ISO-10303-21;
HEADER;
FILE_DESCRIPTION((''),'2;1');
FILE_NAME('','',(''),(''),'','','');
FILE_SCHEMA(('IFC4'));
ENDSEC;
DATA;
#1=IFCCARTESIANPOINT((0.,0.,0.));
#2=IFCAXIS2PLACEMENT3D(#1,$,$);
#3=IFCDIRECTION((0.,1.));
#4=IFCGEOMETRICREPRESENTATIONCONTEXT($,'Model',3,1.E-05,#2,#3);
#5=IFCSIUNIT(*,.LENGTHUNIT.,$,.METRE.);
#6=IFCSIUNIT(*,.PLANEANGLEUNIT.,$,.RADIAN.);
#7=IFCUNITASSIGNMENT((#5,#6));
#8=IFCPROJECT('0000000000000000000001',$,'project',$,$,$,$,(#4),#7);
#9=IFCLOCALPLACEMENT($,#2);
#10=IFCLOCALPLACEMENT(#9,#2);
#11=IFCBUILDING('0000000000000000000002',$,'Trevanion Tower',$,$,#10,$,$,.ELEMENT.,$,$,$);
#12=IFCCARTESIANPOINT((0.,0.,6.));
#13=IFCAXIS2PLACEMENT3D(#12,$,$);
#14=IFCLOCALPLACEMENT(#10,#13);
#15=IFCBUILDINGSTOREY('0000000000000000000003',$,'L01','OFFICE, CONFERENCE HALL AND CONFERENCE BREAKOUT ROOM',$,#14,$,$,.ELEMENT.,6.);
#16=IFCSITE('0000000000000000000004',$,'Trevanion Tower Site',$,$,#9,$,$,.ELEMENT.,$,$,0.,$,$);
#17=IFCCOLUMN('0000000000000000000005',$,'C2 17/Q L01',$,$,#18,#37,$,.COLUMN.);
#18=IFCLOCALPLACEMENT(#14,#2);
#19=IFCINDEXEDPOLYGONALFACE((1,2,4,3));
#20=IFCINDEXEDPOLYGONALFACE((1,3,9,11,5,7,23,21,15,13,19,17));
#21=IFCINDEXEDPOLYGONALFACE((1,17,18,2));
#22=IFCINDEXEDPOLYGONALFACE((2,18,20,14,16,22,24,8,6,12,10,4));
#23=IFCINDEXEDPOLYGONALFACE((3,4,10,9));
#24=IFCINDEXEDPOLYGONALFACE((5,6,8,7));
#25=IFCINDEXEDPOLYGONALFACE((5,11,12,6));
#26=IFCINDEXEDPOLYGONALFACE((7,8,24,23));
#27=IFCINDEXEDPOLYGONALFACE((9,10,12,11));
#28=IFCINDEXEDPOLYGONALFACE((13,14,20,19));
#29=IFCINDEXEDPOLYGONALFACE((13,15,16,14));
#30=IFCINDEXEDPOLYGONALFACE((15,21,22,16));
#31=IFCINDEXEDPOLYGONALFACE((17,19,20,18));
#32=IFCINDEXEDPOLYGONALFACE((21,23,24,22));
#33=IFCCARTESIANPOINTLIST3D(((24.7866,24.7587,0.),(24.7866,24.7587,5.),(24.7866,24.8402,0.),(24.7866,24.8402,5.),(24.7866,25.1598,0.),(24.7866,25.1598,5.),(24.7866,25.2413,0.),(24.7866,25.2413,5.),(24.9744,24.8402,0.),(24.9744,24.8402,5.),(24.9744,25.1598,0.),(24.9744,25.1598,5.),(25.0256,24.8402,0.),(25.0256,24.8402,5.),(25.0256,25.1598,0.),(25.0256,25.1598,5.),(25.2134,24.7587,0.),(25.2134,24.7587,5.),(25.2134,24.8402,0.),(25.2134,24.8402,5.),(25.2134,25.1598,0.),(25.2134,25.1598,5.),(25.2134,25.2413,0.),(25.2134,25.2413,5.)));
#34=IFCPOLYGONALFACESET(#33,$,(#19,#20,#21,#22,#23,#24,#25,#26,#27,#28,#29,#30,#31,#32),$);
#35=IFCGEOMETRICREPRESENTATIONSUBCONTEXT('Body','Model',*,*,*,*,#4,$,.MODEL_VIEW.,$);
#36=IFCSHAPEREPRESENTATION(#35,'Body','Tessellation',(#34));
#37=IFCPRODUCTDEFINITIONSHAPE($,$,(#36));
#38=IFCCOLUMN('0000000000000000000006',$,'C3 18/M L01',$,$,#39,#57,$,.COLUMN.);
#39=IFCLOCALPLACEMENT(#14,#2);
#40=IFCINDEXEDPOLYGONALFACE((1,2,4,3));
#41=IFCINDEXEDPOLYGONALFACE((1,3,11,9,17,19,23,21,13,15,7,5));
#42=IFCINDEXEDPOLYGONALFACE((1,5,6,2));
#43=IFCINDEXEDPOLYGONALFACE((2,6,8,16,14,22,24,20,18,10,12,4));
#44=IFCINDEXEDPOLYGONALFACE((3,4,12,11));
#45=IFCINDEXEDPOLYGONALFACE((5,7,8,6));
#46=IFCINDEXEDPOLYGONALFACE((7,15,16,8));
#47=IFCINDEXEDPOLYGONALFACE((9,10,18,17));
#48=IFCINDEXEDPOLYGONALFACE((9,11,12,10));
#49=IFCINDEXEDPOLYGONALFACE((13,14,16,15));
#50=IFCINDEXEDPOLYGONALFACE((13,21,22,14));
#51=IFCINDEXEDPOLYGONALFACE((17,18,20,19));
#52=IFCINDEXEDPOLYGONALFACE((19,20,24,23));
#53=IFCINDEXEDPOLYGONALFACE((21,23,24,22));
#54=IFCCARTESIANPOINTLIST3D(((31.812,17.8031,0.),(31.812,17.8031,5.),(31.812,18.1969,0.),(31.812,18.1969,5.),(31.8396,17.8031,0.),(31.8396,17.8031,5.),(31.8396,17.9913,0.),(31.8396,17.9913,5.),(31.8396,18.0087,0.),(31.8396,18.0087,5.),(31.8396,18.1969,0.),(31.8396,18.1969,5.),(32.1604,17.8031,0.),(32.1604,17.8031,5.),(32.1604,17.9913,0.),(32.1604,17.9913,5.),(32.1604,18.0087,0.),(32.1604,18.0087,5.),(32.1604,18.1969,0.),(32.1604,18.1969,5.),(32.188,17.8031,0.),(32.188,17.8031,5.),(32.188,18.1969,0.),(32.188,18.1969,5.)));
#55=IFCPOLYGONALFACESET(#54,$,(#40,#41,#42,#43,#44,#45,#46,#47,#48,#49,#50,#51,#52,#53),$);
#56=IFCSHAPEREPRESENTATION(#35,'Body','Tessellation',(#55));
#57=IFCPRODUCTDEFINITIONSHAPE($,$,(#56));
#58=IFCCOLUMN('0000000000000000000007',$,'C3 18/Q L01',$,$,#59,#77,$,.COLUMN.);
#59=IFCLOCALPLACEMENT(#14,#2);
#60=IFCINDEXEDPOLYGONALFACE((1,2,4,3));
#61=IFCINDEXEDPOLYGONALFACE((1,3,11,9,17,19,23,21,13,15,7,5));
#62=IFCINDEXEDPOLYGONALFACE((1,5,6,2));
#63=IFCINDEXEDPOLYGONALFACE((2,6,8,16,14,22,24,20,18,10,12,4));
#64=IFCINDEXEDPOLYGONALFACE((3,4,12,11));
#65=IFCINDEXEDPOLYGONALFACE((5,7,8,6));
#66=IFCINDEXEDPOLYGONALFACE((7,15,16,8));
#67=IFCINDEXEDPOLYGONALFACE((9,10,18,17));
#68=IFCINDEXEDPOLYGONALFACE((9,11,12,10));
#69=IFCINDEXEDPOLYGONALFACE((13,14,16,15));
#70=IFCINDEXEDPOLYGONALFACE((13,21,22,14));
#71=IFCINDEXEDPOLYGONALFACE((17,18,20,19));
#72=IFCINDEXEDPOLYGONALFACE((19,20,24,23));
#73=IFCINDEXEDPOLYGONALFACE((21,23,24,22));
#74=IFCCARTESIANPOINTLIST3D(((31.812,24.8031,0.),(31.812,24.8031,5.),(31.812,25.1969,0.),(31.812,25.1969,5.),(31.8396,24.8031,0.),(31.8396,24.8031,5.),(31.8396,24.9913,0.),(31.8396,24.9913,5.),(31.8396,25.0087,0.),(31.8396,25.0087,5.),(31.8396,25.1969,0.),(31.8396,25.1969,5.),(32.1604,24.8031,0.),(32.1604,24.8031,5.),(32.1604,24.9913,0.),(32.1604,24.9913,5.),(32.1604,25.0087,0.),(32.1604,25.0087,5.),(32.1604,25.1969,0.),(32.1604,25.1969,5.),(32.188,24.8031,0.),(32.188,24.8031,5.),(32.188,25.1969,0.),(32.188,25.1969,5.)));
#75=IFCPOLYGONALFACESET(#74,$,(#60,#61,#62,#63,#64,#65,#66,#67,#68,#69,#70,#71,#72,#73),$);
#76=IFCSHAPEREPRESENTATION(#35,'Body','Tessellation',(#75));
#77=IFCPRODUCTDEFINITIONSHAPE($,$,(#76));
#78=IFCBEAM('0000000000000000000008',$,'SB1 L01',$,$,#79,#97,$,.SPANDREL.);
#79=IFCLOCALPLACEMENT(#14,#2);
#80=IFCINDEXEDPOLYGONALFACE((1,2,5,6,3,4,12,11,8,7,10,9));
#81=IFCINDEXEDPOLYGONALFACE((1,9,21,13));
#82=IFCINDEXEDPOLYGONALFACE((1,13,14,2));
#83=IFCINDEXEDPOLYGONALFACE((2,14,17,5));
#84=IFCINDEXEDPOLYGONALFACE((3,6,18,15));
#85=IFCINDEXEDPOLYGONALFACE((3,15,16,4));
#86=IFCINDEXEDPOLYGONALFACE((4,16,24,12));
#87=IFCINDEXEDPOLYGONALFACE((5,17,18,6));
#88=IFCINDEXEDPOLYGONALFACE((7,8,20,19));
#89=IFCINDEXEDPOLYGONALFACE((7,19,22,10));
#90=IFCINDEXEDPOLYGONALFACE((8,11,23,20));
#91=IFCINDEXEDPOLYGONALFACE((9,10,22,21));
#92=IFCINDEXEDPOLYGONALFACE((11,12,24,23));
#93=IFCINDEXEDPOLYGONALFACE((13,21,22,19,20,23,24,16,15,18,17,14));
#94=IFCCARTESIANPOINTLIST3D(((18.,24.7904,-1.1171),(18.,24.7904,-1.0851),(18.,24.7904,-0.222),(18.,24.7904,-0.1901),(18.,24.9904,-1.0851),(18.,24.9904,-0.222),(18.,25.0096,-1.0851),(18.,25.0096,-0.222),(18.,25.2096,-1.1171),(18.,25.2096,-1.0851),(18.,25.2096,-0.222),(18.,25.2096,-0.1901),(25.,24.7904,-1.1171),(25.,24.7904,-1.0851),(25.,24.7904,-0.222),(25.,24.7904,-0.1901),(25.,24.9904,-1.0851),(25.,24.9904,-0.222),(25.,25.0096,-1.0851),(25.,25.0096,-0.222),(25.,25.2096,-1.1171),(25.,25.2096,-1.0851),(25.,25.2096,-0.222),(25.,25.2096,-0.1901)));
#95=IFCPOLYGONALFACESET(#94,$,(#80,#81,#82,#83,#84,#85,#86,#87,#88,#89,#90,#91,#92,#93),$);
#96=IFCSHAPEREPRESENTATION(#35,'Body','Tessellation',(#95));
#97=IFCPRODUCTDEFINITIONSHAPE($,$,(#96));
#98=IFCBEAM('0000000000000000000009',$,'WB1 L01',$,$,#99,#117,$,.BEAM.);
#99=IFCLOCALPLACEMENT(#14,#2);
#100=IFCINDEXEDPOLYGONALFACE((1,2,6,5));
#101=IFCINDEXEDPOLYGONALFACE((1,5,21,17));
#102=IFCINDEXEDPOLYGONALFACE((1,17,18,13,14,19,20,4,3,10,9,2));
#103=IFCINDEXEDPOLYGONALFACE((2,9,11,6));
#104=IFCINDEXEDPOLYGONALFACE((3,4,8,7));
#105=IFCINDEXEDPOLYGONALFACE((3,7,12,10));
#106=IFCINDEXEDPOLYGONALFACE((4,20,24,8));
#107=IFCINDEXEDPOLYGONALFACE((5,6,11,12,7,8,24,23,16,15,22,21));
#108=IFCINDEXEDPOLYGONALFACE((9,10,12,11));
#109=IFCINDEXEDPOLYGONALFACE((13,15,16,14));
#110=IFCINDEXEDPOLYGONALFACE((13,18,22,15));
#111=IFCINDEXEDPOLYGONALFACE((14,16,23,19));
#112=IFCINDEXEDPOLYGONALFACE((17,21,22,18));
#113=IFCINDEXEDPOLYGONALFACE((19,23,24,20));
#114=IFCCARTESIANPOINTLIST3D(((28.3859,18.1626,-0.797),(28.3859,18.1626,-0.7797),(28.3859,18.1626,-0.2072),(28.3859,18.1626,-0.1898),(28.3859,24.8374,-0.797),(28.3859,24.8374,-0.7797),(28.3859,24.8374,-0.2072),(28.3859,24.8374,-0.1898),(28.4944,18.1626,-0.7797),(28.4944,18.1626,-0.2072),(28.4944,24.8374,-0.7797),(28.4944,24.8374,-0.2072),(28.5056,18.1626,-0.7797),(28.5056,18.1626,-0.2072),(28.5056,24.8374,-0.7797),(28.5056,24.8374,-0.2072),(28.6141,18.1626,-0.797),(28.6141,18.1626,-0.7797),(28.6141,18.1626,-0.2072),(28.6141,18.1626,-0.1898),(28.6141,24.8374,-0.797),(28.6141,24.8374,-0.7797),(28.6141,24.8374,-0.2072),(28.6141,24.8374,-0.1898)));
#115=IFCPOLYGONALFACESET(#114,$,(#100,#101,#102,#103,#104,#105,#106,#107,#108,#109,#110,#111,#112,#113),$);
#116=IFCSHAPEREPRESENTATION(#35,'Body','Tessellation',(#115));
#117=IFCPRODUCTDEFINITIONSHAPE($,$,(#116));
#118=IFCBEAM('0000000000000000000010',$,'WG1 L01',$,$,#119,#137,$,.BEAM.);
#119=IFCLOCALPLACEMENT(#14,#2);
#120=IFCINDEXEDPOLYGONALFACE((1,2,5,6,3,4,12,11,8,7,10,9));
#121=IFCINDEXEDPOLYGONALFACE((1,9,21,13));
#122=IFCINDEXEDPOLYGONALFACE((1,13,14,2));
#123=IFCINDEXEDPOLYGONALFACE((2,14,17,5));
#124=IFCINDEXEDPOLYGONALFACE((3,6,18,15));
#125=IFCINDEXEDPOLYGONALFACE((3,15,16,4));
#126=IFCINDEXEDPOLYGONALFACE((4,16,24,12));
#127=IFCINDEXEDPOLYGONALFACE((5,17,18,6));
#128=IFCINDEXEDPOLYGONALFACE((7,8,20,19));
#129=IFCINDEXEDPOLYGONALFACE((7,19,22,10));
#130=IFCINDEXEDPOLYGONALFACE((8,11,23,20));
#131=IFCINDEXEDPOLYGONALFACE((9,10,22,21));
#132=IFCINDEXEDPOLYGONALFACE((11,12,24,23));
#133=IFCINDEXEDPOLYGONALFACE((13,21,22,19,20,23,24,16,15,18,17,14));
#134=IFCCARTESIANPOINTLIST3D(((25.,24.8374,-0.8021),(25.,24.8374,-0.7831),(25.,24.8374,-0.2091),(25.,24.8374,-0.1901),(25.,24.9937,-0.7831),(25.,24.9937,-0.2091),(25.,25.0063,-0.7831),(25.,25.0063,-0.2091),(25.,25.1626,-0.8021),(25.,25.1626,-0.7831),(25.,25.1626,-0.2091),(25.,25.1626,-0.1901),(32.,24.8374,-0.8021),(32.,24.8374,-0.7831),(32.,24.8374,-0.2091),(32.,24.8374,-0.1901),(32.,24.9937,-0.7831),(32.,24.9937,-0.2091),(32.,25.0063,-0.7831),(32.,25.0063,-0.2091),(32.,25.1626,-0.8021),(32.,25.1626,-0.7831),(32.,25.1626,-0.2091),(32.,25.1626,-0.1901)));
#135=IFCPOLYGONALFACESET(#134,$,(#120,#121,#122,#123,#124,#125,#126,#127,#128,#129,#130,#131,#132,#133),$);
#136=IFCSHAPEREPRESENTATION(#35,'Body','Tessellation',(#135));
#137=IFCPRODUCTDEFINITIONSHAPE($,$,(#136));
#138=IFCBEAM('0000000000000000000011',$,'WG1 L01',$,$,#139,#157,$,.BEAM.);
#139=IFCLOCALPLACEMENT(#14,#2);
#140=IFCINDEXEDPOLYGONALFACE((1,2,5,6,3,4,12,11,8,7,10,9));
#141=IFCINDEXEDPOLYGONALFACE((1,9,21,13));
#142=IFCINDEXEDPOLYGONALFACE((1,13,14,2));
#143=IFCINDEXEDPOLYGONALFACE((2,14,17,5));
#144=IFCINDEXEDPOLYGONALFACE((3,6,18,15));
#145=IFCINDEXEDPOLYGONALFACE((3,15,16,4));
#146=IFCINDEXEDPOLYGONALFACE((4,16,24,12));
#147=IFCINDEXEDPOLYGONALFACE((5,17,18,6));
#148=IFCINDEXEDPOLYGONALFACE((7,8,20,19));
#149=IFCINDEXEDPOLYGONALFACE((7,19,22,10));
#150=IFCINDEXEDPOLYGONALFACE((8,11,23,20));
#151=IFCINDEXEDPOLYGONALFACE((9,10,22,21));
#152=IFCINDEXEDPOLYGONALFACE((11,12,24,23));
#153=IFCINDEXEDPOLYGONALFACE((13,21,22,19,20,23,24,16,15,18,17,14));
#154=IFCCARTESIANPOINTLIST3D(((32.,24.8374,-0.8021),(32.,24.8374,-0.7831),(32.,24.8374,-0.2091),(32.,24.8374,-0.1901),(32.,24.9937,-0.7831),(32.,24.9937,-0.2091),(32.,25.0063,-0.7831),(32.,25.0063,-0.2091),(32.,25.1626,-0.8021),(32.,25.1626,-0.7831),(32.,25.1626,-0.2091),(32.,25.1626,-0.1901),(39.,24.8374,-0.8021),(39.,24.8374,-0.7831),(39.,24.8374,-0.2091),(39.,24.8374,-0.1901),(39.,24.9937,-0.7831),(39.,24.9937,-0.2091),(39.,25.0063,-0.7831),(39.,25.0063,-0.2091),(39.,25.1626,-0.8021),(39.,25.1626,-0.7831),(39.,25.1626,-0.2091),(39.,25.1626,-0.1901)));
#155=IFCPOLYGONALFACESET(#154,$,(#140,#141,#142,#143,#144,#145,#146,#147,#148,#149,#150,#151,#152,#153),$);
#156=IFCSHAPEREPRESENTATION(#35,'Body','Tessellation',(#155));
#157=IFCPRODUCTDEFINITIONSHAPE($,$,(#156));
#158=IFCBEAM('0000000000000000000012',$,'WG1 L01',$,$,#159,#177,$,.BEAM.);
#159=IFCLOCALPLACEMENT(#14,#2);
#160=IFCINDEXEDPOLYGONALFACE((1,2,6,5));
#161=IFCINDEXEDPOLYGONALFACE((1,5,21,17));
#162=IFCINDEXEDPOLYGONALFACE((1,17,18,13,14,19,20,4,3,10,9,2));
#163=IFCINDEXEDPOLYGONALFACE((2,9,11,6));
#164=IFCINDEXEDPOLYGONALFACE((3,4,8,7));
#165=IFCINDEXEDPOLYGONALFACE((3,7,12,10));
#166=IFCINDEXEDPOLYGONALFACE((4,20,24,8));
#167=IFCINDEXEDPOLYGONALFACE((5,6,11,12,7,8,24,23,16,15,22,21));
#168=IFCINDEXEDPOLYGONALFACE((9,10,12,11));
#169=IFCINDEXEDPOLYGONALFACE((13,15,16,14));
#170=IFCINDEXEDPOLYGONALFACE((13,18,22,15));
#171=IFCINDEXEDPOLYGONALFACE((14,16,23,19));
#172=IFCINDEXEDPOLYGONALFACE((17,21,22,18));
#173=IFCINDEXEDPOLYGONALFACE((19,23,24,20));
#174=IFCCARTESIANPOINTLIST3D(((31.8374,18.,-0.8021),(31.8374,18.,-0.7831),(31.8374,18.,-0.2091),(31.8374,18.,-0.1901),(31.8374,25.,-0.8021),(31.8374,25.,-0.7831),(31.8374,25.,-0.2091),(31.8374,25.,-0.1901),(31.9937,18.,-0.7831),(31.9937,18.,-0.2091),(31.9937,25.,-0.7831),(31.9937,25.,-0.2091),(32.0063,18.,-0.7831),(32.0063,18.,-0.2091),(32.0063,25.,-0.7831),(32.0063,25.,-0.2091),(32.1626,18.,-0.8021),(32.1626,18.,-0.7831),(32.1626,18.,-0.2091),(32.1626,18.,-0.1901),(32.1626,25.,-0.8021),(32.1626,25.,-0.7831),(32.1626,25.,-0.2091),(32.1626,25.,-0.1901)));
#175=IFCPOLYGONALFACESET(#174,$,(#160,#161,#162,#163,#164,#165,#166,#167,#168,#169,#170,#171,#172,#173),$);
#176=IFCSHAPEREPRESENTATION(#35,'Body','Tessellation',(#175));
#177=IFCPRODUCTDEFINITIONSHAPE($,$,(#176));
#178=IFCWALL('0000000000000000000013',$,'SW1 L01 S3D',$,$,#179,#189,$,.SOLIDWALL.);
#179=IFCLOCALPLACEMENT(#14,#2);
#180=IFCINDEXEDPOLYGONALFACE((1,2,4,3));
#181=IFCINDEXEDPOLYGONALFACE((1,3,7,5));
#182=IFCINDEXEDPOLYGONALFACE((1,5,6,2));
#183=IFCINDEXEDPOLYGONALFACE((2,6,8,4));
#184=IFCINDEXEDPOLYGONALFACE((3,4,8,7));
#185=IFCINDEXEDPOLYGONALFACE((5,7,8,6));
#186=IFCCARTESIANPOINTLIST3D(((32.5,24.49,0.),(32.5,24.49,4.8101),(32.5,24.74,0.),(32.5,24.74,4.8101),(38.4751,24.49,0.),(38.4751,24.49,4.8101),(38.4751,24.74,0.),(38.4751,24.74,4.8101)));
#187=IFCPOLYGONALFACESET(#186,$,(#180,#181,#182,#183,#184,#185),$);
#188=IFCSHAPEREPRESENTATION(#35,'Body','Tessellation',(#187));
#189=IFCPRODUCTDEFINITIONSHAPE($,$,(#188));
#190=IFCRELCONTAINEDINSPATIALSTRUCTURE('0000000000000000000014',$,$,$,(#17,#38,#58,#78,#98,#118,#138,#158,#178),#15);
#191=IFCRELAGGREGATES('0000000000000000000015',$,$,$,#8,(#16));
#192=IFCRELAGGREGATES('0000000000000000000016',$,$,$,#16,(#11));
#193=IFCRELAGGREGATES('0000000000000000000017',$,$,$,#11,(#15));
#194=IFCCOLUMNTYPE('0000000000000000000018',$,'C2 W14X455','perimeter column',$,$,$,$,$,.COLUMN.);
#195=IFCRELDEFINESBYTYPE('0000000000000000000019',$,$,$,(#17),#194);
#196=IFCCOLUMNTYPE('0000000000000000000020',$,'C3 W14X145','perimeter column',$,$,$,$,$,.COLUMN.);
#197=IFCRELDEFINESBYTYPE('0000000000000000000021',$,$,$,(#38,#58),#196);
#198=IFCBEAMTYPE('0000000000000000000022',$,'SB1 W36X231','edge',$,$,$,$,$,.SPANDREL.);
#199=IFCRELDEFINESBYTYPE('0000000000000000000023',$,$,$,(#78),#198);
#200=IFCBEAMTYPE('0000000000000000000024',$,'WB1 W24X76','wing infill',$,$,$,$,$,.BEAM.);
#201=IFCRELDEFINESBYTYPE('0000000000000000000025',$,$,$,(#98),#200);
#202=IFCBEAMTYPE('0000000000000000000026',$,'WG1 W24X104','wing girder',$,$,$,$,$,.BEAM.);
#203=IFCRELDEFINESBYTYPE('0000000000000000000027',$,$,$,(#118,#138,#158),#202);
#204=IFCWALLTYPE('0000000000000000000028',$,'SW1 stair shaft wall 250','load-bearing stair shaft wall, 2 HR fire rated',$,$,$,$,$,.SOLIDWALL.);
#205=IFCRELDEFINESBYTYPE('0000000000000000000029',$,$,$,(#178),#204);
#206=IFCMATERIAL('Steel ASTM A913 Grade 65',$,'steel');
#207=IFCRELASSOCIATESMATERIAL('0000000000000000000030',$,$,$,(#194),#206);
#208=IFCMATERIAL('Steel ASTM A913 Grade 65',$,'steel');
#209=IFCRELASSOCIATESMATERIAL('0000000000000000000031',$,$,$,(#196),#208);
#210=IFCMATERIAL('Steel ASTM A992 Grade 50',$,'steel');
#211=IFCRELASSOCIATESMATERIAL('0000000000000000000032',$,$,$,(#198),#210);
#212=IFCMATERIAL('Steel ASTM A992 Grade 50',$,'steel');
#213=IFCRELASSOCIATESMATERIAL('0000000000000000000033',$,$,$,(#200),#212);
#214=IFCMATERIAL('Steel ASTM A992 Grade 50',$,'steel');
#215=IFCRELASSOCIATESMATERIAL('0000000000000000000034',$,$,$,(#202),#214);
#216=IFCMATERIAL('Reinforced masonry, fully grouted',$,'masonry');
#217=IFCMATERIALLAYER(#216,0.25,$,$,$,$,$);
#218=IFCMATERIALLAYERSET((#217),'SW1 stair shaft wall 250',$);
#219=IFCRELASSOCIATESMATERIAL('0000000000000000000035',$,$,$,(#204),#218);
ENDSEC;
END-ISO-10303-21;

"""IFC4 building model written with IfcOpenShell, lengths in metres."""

from ifc_helpers import new_model, si_unit, direction, frame, frame_2d, origin, origin_2d, place, context, subcontext, project, spatial, rectangle, i_section, extrude, material, layer, layer_set, material_profile, profile_set, type_object, element, save


model = new_model("IFC4")

# Units and contexts
model_context = context("Model", 3, precision=1e-05, world=origin(), true_north=direction((0.0, 1.0)))
body_context = subcontext(model_context, "Body", "Model", "MODEL_VIEW")
ifc_project = project(units=[si_unit("LENGTHUNIT", "METRE"), si_unit("PLANEANGLEUNIT", "RADIAN")], contexts=[model_context])

# Site, building, storey
site_placement = place(None, origin())
site = spatial("IfcSite", under=ifc_project, at=site_placement, Name="Trevanion Tower Site", CompositionType="ELEMENT", RefElevation=0.0)
building_placement = place(site_placement, origin())
building = spatial("IfcBuilding", under=site, at=building_placement, Name="Trevanion Tower", CompositionType="ELEMENT")
storey_placement = place(building_placement, frame((0.0, 0.0, 6.0)))
storey = spatial("IfcBuildingStorey", under=building, at=storey_placement, Name="L01", Description="OFFICE, CONFERENCE HALL AND CONFERENCE BREAKOUT ROOM", CompositionType="ELEMENT", Elevation=6.0)

# Columns
ifc_material_1 = material(Name="Steel ASTM A913 Grade 65", Category="steel")
ifc_material_profile_1 = material_profile(ifc_material_1, i_section(OverallWidth=0.4268, OverallDepth=0.4827, WebThickness=0.0513, FlangeThickness=0.0815, at=origin_2d()), Name="W14X455")
ifc_profile_set_1 = profile_set([ifc_material_profile_1], Name="Steel ASTM A913 Grade 65")
column_type_1 = type_object("IfcColumnType", Name="C2 W14X455", Description="perimeter column", PredefinedType="COLUMN", material=ifc_profile_set_1)
column_placement = place(storey_placement, frame((25.0, 25.0, 0.0), z_axis=(0.0, 0.0, 1.0), x_axis=(1.0, 0.0, 0.0)))
element("IfcColumn", 1, at=column_placement, inside=storey, type_object=column_type_1, Name="C2 17/Q L01", PredefinedType="COLUMN", context=body_context, shape_type="SweptSolid", body=[
    extrude(i_section(OverallWidth=0.4268, OverallDepth=0.4827, WebThickness=0.0513, FlangeThickness=0.0815, at=origin_2d()), origin(), (0.0, 0.0, 1.0), 5.0),
])
ifc_material_2 = material(Name="Steel ASTM A913 Grade 65", Category="steel")
ifc_material_profile_2 = material_profile(ifc_material_2, i_section(OverallWidth=0.3938, OverallDepth=0.376, WebThickness=0.0173, FlangeThickness=0.0276, at=origin_2d()), Name="W14X145")
ifc_profile_set_2 = profile_set([ifc_material_profile_2], Name="Steel ASTM A913 Grade 65")
column_type_2 = type_object("IfcColumnType", Name="C3 W14X145", Description="perimeter column", PredefinedType="COLUMN", material=ifc_profile_set_2)
for number, where, z_axis, x_axis, name in (
    (2, (32.0, 18.0, 0.0), (0.0, 0.0, 1.0), (0.0, 1.0, 0.0), "C3 18/M L01"),
    (3, (32.0, 25.0, 0.0), (0.0, 0.0, 1.0), (0.0, 1.0, 0.0), "C3 18/Q L01"),
):
    element("IfcColumn", number, at=place(storey_placement, frame(where, z_axis=z_axis, x_axis=x_axis)), inside=storey, type_object=column_type_2, Name=name, PredefinedType="COLUMN", context=body_context, shape_type="SweptSolid", body=[
        extrude(i_section(OverallWidth=0.3938, OverallDepth=0.376, WebThickness=0.0173, FlangeThickness=0.0276, at=origin_2d()), origin(), (0.0, 0.0, 1.0), 5.0),
    ])

# Beams
ifc_material_3 = material(Name="Steel ASTM A992 Grade 50", Category="steel")
ifc_material_profile_3 = material_profile(ifc_material_3, i_section(OverallWidth=0.4192, OverallDepth=0.927, WebThickness=0.0193, FlangeThickness=0.032, at=origin_2d()), Name="W36X231")
ifc_profile_set_3 = profile_set([ifc_material_profile_3], Name="Steel ASTM A992 Grade 50")
beam_type_1 = type_object("IfcBeamType", Name="SB1 W36X231", Description="edge", PredefinedType="SPANDREL", material=ifc_profile_set_3)
beam_1_placement = place(storey_placement, frame((25.0, 25.0, -0.6536), z_axis=(-1.0, 0.0, 0.0), x_axis=(0.0, -1.0, 0.0)))
element("IfcBeam", 4, at=beam_1_placement, inside=storey, type_object=beam_type_1, Name="SB1 L01", PredefinedType="SPANDREL", context=body_context, shape_type="SweptSolid", body=[
    extrude(i_section(OverallWidth=0.4192, OverallDepth=0.927, WebThickness=0.0193, FlangeThickness=0.032, at=origin_2d()), origin(), (0.0, 0.0, 1.0), 7.0),
])
ifc_material_4 = material(Name="Steel ASTM A992 Grade 50", Category="steel")
ifc_material_profile_4 = material_profile(ifc_material_4, i_section(OverallWidth=0.2283, OverallDepth=0.6072, WebThickness=0.0112, FlangeThickness=0.0173, at=origin_2d()), Name="W24X76")
ifc_profile_set_4 = profile_set([ifc_material_profile_4], Name="Steel ASTM A992 Grade 50")
beam_type_2 = type_object("IfcBeamType", Name="WB1 W24X76", Description="wing infill", PredefinedType="BEAM", material=ifc_profile_set_4)
beam_2_placement = place(storey_placement, frame((28.5, 18.1626, -0.4934), z_axis=(0.0, 1.0, 0.0), x_axis=(-1.0, 0.0, 0.0)))
element("IfcBeam", 5, at=beam_2_placement, inside=storey, type_object=beam_type_2, Name="WB1 L01", PredefinedType="BEAM", context=body_context, shape_type="SweptSolid", body=[
    extrude(i_section(OverallWidth=0.2283, OverallDepth=0.6072, WebThickness=0.0112, FlangeThickness=0.0173, at=origin_2d()), origin(), (0.0, 0.0, 1.0), 6.6748),
])
ifc_material_5 = material(Name="Steel ASTM A992 Grade 50", Category="steel")
ifc_material_profile_5 = material_profile(ifc_material_5, i_section(OverallWidth=0.3252, OverallDepth=0.6121, WebThickness=0.0127, FlangeThickness=0.019, at=origin_2d()), Name="W24X104")
ifc_profile_set_5 = profile_set([ifc_material_profile_5], Name="Steel ASTM A992 Grade 50")
beam_type_3 = type_object("IfcBeamType", Name="WG1 W24X104", Description="wing girder", PredefinedType="BEAM", material=ifc_profile_set_5)
for number, where, z_axis, x_axis, name in (
    (6, (25.0, 25.0, -0.4961), (1.0, 0.0, 0.0), (0.0, 1.0, 0.0), "WG1 L01"),
    (7, (32.0, 25.0, -0.4961), (1.0, 0.0, 0.0), (0.0, 1.0, 0.0), "WG1 L01"),
    (8, (32.0, 18.0, -0.4961), (0.0, 1.0, 0.0), (-1.0, 0.0, 0.0), "WG1 L01"),
):
    element("IfcBeam", number, at=place(storey_placement, frame(where, z_axis=z_axis, x_axis=x_axis)), inside=storey, type_object=beam_type_3, Name=name, PredefinedType="BEAM", context=body_context, shape_type="SweptSolid", body=[
        extrude(i_section(OverallWidth=0.3252, OverallDepth=0.6121, WebThickness=0.0127, FlangeThickness=0.019, at=origin_2d()), origin(), (0.0, 0.0, 1.0), 7.0),
    ])

# Wall
ifc_material_6 = material(Name="Reinforced masonry, fully grouted", Category="masonry")
ifc_layer = layer(ifc_material_6, 0.25)
ifc_layer_set = layer_set([ifc_layer], Name="SW1 stair shaft wall 250")
wall_type = type_object("IfcWallType", Name="SW1 stair shaft wall 250", Description="load-bearing stair shaft wall, 2 HR fire rated", PredefinedType="SOLIDWALL", material=ifc_layer_set)
wall_placement = place(storey_placement, frame((32.5, 24.615, 0.0), z_axis=(0.0, 0.0, 1.0), x_axis=(1.0, 0.0, 0.0)))
element("IfcWall", 9, at=wall_placement, inside=storey, type_object=wall_type, Name="SW1 L01 S3D", PredefinedType="SOLIDWALL", context=body_context, shape_type="SweptSolid", body=[
    extrude(rectangle(XDim=5.9751, YDim=0.25, at=frame_2d((2.9875, 0.0))), origin(), (0.0, 0.0, 1.0), 4.8101),
])

save(model, "model.ifc")
